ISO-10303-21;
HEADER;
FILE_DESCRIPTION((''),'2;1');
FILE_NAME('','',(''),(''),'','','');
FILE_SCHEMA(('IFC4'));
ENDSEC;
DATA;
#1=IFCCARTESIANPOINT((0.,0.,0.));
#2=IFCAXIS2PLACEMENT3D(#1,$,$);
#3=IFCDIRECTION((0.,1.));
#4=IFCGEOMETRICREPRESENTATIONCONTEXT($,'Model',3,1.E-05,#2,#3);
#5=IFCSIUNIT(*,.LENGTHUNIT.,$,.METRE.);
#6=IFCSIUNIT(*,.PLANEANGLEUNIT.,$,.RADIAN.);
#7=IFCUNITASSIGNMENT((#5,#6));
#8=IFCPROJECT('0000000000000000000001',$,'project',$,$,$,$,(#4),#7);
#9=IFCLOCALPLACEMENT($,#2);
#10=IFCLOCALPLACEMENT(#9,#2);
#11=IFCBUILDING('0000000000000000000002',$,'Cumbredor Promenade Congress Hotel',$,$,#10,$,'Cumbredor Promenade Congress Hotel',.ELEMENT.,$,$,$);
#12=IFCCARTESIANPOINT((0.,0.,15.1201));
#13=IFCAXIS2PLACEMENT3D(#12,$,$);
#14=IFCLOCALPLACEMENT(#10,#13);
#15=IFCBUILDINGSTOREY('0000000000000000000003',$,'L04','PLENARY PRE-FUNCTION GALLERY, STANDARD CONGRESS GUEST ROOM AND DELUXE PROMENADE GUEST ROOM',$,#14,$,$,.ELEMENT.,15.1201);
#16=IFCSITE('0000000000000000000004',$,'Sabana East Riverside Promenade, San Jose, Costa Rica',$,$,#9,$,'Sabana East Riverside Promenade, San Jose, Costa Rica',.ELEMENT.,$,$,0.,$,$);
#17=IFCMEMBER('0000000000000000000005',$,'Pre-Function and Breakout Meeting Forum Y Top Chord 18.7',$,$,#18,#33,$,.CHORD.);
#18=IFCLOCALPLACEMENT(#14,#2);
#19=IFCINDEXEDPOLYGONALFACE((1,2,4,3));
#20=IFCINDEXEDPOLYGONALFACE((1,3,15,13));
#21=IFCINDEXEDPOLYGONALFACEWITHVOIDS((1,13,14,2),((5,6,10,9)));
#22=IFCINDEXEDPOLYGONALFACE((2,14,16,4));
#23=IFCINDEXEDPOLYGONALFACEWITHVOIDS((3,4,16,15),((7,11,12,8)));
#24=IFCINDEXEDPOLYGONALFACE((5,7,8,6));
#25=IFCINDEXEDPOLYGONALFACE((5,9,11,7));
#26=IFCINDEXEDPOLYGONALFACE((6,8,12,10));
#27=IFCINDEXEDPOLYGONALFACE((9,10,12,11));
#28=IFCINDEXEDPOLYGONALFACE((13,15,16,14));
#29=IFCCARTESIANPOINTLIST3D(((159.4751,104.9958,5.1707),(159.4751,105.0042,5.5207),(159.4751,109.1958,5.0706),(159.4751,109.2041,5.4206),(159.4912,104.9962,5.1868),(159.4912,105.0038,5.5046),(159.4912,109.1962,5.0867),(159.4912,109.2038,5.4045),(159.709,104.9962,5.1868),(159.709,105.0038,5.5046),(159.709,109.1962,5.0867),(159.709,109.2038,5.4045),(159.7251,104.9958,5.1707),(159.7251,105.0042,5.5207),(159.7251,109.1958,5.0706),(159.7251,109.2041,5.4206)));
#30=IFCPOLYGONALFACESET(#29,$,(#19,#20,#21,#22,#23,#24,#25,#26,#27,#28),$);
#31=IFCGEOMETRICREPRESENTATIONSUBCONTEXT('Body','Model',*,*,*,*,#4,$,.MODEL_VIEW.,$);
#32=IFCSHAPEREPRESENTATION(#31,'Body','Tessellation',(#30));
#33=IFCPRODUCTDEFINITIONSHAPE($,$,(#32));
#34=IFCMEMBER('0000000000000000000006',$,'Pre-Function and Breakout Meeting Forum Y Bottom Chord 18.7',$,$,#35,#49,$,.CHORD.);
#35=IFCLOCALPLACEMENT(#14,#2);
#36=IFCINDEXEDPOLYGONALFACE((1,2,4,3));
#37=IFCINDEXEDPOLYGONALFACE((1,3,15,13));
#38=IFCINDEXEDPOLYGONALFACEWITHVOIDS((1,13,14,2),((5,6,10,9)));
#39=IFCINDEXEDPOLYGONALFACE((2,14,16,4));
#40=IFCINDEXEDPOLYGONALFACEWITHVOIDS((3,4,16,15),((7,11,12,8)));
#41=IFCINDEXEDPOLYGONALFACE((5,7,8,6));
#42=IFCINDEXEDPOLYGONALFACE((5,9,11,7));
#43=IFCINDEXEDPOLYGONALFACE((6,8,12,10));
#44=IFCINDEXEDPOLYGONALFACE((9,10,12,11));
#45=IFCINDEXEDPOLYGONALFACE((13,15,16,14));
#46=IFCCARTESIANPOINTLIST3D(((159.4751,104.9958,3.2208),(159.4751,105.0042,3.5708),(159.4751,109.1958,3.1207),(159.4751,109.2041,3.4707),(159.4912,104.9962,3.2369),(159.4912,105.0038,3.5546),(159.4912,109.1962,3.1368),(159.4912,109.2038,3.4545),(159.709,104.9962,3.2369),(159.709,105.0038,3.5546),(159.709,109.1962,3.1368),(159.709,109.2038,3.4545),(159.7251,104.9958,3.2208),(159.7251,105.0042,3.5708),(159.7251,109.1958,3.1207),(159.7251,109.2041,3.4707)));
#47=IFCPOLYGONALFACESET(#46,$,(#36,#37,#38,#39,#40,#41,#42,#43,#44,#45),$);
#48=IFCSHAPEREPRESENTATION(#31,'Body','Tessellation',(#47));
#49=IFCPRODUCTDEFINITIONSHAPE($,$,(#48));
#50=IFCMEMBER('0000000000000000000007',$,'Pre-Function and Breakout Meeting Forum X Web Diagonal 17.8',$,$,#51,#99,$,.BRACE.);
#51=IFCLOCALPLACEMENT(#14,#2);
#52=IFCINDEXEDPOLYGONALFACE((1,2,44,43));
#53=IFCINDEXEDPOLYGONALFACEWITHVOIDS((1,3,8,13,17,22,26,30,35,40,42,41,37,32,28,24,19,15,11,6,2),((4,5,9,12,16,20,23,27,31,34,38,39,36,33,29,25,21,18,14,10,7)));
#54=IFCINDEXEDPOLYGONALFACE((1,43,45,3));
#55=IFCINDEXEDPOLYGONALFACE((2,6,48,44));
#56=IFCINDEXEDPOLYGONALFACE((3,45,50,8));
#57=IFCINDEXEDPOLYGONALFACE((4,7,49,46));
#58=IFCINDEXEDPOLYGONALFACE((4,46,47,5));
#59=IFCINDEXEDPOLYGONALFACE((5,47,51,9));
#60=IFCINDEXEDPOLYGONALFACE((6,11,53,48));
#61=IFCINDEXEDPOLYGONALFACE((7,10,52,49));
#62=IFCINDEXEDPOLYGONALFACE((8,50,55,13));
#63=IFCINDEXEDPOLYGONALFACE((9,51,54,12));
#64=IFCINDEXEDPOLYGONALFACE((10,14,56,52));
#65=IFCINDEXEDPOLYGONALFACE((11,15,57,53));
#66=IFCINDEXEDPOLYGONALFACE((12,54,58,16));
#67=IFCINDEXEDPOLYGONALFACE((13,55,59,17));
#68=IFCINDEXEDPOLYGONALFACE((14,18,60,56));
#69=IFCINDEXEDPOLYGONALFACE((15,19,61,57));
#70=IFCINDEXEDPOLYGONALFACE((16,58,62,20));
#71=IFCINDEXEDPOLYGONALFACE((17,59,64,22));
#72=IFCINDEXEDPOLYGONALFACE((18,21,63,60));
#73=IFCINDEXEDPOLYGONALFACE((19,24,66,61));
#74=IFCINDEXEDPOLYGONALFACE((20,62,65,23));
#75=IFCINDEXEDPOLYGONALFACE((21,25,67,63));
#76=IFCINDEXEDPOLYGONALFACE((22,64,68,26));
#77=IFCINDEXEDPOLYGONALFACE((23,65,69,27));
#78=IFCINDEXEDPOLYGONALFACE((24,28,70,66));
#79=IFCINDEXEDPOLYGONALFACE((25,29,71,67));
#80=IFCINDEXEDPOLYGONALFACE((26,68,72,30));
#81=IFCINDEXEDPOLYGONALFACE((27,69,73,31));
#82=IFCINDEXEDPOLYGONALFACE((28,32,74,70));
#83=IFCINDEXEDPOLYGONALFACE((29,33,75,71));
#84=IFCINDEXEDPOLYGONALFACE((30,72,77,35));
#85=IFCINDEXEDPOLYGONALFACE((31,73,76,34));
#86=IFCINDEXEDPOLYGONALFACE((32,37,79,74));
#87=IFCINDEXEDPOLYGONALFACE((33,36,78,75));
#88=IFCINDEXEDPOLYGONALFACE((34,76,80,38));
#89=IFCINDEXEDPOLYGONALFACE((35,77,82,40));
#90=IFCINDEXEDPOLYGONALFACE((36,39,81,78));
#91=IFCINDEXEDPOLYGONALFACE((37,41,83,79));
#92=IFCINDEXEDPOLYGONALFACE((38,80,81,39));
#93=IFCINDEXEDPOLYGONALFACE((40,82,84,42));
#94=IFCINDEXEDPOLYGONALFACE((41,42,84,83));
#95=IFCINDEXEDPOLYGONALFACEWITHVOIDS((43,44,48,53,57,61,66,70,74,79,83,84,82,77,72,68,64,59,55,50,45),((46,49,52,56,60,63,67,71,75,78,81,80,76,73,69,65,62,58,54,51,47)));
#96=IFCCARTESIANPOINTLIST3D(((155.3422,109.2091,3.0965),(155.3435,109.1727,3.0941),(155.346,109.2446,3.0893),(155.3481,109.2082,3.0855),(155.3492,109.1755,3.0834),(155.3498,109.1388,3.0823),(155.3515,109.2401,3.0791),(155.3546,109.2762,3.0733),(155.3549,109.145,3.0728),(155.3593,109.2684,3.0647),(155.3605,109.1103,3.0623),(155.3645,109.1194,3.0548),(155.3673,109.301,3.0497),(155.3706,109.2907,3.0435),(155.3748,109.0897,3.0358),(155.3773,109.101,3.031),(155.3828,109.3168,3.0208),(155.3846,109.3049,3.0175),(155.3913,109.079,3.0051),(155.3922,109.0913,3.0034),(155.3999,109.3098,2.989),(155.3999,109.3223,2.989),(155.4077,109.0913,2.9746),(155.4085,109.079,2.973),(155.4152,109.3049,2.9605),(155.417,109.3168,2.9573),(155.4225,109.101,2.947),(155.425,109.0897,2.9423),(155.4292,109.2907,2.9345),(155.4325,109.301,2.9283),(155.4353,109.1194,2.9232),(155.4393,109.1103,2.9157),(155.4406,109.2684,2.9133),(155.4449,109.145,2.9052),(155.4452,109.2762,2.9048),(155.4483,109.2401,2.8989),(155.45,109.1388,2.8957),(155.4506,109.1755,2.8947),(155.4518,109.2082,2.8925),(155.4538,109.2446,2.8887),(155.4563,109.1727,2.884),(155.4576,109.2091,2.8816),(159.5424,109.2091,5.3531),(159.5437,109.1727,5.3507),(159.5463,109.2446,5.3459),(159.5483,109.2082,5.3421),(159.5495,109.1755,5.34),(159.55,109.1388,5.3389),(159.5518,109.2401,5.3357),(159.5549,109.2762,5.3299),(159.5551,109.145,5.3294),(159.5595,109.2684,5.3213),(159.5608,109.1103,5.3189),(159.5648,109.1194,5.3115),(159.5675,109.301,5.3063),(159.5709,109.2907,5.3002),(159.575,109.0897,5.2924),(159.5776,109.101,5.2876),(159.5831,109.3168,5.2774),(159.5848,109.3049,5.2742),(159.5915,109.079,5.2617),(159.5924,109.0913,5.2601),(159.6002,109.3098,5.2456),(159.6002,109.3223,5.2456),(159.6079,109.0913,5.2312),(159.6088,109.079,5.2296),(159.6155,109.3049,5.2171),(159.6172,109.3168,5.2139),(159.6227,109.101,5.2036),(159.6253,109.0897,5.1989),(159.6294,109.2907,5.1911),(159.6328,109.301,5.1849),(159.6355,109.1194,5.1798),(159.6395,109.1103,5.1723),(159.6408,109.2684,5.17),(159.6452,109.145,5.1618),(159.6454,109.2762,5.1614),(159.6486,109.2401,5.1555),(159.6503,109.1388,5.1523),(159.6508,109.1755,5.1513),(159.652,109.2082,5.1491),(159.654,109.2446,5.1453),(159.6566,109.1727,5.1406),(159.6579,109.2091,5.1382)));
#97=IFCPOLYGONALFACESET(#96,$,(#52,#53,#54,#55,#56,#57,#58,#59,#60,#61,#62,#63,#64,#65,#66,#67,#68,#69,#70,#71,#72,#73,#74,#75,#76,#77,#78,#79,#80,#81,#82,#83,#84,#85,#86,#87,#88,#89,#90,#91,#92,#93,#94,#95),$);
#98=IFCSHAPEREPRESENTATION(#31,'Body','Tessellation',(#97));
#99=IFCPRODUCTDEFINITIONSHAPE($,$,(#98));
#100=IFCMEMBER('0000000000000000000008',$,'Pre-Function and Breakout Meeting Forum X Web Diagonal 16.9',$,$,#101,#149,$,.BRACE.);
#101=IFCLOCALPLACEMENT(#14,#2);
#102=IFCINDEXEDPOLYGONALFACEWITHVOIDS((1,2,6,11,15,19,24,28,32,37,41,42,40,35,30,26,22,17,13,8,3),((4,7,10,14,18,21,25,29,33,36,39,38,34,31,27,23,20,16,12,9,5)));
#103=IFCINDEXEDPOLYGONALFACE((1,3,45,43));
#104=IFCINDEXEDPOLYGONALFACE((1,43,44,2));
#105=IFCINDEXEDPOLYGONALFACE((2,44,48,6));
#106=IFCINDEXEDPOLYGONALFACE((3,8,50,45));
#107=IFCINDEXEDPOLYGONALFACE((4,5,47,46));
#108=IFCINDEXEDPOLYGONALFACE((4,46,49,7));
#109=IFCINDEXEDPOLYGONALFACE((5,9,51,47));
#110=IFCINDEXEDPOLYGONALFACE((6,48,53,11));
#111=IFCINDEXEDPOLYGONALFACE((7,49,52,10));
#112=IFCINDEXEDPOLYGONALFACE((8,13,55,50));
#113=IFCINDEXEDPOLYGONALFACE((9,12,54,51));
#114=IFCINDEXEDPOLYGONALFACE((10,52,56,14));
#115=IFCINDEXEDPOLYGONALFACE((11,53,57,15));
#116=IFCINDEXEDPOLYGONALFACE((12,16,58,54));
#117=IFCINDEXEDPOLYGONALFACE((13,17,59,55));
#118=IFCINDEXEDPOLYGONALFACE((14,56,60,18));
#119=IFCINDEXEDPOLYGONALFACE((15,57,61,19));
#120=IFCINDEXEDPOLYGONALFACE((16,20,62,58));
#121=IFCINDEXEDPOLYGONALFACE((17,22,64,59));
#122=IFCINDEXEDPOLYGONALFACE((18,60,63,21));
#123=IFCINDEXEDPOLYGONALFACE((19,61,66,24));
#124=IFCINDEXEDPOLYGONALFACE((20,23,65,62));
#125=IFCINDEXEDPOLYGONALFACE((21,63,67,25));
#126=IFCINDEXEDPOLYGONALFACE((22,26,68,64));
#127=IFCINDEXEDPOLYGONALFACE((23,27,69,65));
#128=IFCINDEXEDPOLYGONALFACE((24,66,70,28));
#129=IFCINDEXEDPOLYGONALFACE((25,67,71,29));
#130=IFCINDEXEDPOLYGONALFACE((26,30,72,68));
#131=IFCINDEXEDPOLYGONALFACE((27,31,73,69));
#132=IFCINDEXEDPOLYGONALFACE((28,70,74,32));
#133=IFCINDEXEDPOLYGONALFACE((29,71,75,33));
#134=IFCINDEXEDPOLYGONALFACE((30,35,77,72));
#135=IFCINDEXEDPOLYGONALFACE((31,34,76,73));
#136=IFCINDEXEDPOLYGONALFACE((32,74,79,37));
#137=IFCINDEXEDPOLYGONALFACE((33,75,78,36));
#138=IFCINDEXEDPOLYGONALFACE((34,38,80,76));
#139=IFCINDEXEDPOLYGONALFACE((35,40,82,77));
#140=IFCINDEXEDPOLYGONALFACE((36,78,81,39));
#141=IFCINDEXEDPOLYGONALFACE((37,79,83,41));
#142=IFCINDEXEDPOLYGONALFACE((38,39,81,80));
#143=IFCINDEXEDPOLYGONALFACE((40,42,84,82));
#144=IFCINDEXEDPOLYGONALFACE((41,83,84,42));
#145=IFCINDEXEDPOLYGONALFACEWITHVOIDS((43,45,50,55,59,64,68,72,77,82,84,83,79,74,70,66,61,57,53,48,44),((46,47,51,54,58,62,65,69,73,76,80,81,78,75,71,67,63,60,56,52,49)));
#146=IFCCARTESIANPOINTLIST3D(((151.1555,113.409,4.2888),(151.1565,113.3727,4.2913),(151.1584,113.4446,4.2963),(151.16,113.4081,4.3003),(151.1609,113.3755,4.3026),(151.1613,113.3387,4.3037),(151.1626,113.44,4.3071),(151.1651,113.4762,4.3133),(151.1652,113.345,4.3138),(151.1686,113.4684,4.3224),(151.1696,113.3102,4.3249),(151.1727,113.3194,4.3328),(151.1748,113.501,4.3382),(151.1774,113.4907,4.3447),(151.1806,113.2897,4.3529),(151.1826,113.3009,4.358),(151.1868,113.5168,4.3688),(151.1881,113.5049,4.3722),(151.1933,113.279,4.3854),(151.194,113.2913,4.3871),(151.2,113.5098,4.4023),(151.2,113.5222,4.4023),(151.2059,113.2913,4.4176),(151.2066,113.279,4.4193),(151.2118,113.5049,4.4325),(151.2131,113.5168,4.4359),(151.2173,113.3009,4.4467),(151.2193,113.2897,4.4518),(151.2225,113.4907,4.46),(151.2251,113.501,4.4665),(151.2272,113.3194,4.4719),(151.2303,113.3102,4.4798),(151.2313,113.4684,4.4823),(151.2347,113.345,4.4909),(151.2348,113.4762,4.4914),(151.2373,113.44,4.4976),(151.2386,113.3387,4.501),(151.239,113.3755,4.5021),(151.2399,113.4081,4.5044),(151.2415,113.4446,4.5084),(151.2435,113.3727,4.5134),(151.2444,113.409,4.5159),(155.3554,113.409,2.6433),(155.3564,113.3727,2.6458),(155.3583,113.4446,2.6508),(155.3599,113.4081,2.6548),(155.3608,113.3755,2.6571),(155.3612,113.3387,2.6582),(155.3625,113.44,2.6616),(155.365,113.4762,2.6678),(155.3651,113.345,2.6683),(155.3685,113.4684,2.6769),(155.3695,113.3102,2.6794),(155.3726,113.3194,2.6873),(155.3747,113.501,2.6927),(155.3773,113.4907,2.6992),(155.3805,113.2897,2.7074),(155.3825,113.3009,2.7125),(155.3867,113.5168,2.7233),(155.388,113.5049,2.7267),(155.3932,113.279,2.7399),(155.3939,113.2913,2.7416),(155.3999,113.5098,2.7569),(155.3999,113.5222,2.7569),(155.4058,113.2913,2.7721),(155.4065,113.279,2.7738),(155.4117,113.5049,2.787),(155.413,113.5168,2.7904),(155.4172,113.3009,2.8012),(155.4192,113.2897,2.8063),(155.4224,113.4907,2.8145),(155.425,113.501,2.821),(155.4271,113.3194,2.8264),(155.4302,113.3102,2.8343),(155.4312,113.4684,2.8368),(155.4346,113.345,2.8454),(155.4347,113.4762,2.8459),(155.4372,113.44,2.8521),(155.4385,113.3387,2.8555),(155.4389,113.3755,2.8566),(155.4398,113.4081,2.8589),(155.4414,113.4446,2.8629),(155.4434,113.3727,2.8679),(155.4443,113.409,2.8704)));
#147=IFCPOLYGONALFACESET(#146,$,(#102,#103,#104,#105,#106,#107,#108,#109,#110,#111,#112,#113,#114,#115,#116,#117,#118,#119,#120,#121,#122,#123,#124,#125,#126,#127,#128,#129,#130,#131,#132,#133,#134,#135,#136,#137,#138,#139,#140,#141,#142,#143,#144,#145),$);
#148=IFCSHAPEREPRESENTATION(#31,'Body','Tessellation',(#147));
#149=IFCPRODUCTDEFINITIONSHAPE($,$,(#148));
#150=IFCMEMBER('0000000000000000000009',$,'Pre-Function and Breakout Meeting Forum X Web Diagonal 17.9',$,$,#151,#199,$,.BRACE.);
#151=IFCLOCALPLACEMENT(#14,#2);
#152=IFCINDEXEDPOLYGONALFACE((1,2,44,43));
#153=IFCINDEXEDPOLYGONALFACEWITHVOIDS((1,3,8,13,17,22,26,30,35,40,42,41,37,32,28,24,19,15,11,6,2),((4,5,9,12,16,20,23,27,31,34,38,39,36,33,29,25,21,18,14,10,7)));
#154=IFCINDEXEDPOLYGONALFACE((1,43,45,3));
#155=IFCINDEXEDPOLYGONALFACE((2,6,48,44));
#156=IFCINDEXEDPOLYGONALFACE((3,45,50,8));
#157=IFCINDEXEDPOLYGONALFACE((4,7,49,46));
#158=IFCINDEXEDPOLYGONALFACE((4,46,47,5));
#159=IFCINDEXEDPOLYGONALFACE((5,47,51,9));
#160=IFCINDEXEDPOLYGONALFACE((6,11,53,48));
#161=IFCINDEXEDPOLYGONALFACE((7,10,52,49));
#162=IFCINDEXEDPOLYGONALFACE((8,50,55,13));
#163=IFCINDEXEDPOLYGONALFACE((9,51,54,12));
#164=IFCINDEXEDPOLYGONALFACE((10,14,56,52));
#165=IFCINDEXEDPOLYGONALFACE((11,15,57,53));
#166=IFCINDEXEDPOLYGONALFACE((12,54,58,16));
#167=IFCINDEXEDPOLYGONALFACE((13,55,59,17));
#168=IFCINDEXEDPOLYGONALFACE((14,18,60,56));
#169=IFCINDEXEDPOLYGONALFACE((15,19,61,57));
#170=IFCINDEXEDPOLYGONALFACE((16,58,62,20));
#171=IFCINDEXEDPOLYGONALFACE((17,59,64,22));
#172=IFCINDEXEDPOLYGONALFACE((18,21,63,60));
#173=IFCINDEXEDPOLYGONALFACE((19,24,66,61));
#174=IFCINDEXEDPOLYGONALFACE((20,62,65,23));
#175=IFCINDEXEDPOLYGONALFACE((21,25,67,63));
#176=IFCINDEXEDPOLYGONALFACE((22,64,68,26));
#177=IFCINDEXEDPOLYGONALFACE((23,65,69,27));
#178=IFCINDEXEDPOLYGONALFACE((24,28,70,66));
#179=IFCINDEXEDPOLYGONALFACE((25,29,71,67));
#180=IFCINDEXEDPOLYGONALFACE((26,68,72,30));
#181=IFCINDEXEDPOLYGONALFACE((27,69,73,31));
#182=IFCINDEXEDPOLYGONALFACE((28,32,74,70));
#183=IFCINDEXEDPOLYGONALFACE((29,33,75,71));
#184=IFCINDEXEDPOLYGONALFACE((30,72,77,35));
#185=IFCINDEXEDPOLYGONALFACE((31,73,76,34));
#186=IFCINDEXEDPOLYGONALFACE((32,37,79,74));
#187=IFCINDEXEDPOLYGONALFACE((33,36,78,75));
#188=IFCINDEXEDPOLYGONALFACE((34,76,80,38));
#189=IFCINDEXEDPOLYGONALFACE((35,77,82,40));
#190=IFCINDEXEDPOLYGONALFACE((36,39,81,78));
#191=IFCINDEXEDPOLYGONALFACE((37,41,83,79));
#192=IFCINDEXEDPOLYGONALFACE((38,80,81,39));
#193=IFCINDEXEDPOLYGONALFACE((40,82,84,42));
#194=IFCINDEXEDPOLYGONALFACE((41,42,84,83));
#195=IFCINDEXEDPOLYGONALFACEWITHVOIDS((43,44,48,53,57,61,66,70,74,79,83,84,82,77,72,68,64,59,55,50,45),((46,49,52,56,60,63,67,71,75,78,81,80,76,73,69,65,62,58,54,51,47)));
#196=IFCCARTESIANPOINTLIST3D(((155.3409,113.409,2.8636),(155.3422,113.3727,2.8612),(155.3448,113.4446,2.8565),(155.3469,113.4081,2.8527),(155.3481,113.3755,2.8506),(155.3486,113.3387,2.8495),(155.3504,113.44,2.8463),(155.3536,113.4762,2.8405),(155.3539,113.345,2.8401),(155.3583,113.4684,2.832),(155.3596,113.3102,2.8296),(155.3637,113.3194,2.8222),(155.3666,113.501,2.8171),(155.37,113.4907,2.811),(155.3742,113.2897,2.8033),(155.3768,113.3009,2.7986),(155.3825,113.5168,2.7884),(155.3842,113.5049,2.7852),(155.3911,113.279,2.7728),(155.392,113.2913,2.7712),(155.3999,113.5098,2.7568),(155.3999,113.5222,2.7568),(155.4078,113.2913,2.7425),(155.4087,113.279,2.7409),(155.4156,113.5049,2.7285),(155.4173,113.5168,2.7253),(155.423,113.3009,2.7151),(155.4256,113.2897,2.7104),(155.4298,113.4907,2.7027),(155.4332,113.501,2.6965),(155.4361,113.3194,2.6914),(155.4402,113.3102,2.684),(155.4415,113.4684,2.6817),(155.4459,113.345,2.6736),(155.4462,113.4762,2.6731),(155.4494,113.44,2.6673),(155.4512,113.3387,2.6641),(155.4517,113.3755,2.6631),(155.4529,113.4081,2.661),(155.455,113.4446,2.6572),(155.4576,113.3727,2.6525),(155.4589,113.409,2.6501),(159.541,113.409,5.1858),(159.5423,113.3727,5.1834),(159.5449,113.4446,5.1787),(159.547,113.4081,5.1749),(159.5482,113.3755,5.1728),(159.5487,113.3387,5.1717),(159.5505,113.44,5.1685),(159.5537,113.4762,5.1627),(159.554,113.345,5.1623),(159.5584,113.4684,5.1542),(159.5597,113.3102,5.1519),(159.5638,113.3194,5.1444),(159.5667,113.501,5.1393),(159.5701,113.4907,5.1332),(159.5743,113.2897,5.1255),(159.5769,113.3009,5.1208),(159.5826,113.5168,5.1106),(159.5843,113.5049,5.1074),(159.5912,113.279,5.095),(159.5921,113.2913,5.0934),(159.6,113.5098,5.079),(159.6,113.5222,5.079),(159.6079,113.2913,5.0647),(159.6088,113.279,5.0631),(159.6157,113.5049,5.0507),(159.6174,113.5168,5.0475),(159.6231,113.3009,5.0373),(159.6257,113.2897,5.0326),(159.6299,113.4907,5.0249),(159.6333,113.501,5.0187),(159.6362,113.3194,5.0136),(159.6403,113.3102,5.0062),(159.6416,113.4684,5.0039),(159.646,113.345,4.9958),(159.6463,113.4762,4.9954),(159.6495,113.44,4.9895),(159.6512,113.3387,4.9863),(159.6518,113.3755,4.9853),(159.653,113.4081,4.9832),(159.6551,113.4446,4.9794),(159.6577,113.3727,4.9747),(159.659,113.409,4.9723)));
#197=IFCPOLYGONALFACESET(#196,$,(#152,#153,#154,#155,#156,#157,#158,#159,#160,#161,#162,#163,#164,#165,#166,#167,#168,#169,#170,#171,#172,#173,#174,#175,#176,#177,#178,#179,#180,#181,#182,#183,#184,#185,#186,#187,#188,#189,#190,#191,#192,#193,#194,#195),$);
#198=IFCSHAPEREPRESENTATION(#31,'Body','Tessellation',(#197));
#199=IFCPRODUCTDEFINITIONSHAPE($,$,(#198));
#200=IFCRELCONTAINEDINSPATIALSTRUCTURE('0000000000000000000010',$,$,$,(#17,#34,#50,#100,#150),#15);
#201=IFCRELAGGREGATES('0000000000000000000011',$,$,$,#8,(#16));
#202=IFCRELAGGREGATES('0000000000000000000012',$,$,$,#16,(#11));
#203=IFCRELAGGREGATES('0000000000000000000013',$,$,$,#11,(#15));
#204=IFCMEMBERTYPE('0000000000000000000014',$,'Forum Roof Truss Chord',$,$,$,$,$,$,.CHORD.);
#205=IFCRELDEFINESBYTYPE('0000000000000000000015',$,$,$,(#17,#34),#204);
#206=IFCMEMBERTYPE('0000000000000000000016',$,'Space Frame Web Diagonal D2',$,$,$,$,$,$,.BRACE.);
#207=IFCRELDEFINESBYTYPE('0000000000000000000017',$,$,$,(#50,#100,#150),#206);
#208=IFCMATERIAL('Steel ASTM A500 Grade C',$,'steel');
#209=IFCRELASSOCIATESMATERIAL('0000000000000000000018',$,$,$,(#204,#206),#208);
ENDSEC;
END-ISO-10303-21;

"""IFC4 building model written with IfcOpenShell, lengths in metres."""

from ifc_helpers import new_model, si_unit, direction, frame, origin, origin_2d, place, context, subcontext, project, spatial, hollow_rectangle, hollow_circle, extrude, material, material_profile, profile_set, type_object, element, save


model = new_model("IFC4")

# Units and contexts
model_context = context("Model", 3, precision=1e-05, world=origin(), true_north=direction((0.0, 1.0)))
body_context = subcontext(model_context, "Body", "Model", "MODEL_VIEW")
ifc_project = project(units=[si_unit("LENGTHUNIT", "METRE"), si_unit("PLANEANGLEUNIT", "RADIAN")], contexts=[model_context])

# Site, building, storey
site_placement = place(None, origin())
site = spatial("IfcSite", under=ifc_project, at=site_placement, Name="Sabana East Riverside Promenade, San Jose, Costa Rica", LongName="Sabana East Riverside Promenade, San Jose, Costa Rica", CompositionType="ELEMENT", RefElevation=0.0)
building_placement = place(site_placement, origin())
building = spatial("IfcBuilding", under=site, at=building_placement, Name="Cumbredor Promenade Congress Hotel", LongName="Cumbredor Promenade Congress Hotel", CompositionType="ELEMENT")
storey_placement = place(building_placement, frame((0.0, 0.0, 15.1201)))
storey = spatial("IfcBuildingStorey", under=building, at=storey_placement, Name="L04", Description="PLENARY PRE-FUNCTION GALLERY, STANDARD CONGRESS GUEST ROOM AND DELUXE PROMENADE GUEST ROOM", CompositionType="ELEMENT", Elevation=15.1201)

# Members
ifc_material_1 = material(Name="Steel ASTM A500 Grade C", Category="steel")
ifc_material_profile_1 = material_profile(ifc_material_1, hollow_rectangle(XDim=0.25, YDim=0.3501, WallThickness=0.0161, at=origin_2d()), Name="HSS 350x250x16")
ifc_profile_set_1 = profile_set([ifc_material_profile_1], Name="Steel ASTM A500 Grade C")
member_type_1 = type_object("IfcMemberType", Name="Forum Roof Truss Chord", PredefinedType="CHORD", material=ifc_profile_set_1)
for number, where, z_axis, x_axis, name in (
    (1, (159.6001, 105.0, 5.3457), (0.0, 0.999716, -0.023826), (-1.0, 0.0, 0.0), "Pre-Function and Breakout Meeting Forum Y Top Chord 18.7"),
    (2, (159.6001, 105.0, 3.3958), (0.0, 0.999716, -0.023826), (-1.0, 0.0, 0.0), "Pre-Function and Breakout Meeting Forum Y Bottom Chord 18.7"),
):
    element("IfcMember", number, at=place(storey_placement, frame(where, z_axis=z_axis, x_axis=x_axis)), inside=storey, type_object=member_type_1, Name=name, PredefinedType="CHORD", context=body_context, shape_type="SweptSolid", body=[
        extrude(hollow_rectangle(XDim=0.25, YDim=0.3501, WallThickness=0.0161, at=origin_2d()), origin(), (0.0, 0.0, 1.0), 4.2012),
    ])
ifc_material_profile_2 = material_profile(ifc_material_1, hollow_circle(Radius=0.1223, WallThickness=0.0125, at=origin_2d()), Name="CHS 244.5x12.5")
ifc_profile_set_2 = profile_set([ifc_material_profile_2], Name="Steel ASTM A500 Grade C")
member_type_2 = type_object("IfcMemberType", Name="Space Frame Web Diagonal D2", PredefinedType="BRACE", material=ifc_profile_set_2)
member_1_placement = place(storey_placement, frame((155.3999, 109.2, 2.989), z_axis=(0.880913, 0.0, 0.473278), x_axis=(0.0, 1.0, 0.0)))
element("IfcMember", 3, at=member_1_placement, inside=storey, type_object=member_type_2, Name="Pre-Function and Breakout Meeting Forum X Web Diagonal 17.8", PredefinedType="BRACE", context=body_context, shape_type="SweptSolid", body=[
    extrude(hollow_circle(Radius=0.1223, WallThickness=0.0125, at=origin_2d()), origin(), (0.0, 0.0, 1.0), 4.7681),
])
member_2_placement = place(storey_placement, frame((151.2, 113.3999, 4.4023), z_axis=(0.931089, 0.0, -0.364793), x_axis=(0.0, 1.0, 0.0)))
element("IfcMember", 4, at=member_2_placement, inside=storey, type_object=member_type_2, Name="Pre-Function and Breakout Meeting Forum X Web Diagonal 16.9", PredefinedType="BRACE", context=body_context, shape_type="SweptSolid", body=[
    extrude(hollow_circle(Radius=0.1223, WallThickness=0.0125, at=origin_2d()), origin(), (0.0, 0.0, 1.0), 4.5107),
])
member_3_placement = place(storey_placement, frame((155.3999, 113.3999, 2.7568), z_axis=(0.875144, 0.0, 0.483862), x_axis=(0.0, 1.0, 0.0)))
element("IfcMember", 5, at=member_3_placement, inside=storey, type_object=member_type_2, Name="Pre-Function and Breakout Meeting Forum X Web Diagonal 17.9", PredefinedType="BRACE", context=body_context, shape_type="SweptSolid", body=[
    extrude(hollow_circle(Radius=0.1223, WallThickness=0.0125, at=origin_2d()), origin(), (0.0, 0.0, 1.0), 4.7993),
])

save(model, "model.ifc")
